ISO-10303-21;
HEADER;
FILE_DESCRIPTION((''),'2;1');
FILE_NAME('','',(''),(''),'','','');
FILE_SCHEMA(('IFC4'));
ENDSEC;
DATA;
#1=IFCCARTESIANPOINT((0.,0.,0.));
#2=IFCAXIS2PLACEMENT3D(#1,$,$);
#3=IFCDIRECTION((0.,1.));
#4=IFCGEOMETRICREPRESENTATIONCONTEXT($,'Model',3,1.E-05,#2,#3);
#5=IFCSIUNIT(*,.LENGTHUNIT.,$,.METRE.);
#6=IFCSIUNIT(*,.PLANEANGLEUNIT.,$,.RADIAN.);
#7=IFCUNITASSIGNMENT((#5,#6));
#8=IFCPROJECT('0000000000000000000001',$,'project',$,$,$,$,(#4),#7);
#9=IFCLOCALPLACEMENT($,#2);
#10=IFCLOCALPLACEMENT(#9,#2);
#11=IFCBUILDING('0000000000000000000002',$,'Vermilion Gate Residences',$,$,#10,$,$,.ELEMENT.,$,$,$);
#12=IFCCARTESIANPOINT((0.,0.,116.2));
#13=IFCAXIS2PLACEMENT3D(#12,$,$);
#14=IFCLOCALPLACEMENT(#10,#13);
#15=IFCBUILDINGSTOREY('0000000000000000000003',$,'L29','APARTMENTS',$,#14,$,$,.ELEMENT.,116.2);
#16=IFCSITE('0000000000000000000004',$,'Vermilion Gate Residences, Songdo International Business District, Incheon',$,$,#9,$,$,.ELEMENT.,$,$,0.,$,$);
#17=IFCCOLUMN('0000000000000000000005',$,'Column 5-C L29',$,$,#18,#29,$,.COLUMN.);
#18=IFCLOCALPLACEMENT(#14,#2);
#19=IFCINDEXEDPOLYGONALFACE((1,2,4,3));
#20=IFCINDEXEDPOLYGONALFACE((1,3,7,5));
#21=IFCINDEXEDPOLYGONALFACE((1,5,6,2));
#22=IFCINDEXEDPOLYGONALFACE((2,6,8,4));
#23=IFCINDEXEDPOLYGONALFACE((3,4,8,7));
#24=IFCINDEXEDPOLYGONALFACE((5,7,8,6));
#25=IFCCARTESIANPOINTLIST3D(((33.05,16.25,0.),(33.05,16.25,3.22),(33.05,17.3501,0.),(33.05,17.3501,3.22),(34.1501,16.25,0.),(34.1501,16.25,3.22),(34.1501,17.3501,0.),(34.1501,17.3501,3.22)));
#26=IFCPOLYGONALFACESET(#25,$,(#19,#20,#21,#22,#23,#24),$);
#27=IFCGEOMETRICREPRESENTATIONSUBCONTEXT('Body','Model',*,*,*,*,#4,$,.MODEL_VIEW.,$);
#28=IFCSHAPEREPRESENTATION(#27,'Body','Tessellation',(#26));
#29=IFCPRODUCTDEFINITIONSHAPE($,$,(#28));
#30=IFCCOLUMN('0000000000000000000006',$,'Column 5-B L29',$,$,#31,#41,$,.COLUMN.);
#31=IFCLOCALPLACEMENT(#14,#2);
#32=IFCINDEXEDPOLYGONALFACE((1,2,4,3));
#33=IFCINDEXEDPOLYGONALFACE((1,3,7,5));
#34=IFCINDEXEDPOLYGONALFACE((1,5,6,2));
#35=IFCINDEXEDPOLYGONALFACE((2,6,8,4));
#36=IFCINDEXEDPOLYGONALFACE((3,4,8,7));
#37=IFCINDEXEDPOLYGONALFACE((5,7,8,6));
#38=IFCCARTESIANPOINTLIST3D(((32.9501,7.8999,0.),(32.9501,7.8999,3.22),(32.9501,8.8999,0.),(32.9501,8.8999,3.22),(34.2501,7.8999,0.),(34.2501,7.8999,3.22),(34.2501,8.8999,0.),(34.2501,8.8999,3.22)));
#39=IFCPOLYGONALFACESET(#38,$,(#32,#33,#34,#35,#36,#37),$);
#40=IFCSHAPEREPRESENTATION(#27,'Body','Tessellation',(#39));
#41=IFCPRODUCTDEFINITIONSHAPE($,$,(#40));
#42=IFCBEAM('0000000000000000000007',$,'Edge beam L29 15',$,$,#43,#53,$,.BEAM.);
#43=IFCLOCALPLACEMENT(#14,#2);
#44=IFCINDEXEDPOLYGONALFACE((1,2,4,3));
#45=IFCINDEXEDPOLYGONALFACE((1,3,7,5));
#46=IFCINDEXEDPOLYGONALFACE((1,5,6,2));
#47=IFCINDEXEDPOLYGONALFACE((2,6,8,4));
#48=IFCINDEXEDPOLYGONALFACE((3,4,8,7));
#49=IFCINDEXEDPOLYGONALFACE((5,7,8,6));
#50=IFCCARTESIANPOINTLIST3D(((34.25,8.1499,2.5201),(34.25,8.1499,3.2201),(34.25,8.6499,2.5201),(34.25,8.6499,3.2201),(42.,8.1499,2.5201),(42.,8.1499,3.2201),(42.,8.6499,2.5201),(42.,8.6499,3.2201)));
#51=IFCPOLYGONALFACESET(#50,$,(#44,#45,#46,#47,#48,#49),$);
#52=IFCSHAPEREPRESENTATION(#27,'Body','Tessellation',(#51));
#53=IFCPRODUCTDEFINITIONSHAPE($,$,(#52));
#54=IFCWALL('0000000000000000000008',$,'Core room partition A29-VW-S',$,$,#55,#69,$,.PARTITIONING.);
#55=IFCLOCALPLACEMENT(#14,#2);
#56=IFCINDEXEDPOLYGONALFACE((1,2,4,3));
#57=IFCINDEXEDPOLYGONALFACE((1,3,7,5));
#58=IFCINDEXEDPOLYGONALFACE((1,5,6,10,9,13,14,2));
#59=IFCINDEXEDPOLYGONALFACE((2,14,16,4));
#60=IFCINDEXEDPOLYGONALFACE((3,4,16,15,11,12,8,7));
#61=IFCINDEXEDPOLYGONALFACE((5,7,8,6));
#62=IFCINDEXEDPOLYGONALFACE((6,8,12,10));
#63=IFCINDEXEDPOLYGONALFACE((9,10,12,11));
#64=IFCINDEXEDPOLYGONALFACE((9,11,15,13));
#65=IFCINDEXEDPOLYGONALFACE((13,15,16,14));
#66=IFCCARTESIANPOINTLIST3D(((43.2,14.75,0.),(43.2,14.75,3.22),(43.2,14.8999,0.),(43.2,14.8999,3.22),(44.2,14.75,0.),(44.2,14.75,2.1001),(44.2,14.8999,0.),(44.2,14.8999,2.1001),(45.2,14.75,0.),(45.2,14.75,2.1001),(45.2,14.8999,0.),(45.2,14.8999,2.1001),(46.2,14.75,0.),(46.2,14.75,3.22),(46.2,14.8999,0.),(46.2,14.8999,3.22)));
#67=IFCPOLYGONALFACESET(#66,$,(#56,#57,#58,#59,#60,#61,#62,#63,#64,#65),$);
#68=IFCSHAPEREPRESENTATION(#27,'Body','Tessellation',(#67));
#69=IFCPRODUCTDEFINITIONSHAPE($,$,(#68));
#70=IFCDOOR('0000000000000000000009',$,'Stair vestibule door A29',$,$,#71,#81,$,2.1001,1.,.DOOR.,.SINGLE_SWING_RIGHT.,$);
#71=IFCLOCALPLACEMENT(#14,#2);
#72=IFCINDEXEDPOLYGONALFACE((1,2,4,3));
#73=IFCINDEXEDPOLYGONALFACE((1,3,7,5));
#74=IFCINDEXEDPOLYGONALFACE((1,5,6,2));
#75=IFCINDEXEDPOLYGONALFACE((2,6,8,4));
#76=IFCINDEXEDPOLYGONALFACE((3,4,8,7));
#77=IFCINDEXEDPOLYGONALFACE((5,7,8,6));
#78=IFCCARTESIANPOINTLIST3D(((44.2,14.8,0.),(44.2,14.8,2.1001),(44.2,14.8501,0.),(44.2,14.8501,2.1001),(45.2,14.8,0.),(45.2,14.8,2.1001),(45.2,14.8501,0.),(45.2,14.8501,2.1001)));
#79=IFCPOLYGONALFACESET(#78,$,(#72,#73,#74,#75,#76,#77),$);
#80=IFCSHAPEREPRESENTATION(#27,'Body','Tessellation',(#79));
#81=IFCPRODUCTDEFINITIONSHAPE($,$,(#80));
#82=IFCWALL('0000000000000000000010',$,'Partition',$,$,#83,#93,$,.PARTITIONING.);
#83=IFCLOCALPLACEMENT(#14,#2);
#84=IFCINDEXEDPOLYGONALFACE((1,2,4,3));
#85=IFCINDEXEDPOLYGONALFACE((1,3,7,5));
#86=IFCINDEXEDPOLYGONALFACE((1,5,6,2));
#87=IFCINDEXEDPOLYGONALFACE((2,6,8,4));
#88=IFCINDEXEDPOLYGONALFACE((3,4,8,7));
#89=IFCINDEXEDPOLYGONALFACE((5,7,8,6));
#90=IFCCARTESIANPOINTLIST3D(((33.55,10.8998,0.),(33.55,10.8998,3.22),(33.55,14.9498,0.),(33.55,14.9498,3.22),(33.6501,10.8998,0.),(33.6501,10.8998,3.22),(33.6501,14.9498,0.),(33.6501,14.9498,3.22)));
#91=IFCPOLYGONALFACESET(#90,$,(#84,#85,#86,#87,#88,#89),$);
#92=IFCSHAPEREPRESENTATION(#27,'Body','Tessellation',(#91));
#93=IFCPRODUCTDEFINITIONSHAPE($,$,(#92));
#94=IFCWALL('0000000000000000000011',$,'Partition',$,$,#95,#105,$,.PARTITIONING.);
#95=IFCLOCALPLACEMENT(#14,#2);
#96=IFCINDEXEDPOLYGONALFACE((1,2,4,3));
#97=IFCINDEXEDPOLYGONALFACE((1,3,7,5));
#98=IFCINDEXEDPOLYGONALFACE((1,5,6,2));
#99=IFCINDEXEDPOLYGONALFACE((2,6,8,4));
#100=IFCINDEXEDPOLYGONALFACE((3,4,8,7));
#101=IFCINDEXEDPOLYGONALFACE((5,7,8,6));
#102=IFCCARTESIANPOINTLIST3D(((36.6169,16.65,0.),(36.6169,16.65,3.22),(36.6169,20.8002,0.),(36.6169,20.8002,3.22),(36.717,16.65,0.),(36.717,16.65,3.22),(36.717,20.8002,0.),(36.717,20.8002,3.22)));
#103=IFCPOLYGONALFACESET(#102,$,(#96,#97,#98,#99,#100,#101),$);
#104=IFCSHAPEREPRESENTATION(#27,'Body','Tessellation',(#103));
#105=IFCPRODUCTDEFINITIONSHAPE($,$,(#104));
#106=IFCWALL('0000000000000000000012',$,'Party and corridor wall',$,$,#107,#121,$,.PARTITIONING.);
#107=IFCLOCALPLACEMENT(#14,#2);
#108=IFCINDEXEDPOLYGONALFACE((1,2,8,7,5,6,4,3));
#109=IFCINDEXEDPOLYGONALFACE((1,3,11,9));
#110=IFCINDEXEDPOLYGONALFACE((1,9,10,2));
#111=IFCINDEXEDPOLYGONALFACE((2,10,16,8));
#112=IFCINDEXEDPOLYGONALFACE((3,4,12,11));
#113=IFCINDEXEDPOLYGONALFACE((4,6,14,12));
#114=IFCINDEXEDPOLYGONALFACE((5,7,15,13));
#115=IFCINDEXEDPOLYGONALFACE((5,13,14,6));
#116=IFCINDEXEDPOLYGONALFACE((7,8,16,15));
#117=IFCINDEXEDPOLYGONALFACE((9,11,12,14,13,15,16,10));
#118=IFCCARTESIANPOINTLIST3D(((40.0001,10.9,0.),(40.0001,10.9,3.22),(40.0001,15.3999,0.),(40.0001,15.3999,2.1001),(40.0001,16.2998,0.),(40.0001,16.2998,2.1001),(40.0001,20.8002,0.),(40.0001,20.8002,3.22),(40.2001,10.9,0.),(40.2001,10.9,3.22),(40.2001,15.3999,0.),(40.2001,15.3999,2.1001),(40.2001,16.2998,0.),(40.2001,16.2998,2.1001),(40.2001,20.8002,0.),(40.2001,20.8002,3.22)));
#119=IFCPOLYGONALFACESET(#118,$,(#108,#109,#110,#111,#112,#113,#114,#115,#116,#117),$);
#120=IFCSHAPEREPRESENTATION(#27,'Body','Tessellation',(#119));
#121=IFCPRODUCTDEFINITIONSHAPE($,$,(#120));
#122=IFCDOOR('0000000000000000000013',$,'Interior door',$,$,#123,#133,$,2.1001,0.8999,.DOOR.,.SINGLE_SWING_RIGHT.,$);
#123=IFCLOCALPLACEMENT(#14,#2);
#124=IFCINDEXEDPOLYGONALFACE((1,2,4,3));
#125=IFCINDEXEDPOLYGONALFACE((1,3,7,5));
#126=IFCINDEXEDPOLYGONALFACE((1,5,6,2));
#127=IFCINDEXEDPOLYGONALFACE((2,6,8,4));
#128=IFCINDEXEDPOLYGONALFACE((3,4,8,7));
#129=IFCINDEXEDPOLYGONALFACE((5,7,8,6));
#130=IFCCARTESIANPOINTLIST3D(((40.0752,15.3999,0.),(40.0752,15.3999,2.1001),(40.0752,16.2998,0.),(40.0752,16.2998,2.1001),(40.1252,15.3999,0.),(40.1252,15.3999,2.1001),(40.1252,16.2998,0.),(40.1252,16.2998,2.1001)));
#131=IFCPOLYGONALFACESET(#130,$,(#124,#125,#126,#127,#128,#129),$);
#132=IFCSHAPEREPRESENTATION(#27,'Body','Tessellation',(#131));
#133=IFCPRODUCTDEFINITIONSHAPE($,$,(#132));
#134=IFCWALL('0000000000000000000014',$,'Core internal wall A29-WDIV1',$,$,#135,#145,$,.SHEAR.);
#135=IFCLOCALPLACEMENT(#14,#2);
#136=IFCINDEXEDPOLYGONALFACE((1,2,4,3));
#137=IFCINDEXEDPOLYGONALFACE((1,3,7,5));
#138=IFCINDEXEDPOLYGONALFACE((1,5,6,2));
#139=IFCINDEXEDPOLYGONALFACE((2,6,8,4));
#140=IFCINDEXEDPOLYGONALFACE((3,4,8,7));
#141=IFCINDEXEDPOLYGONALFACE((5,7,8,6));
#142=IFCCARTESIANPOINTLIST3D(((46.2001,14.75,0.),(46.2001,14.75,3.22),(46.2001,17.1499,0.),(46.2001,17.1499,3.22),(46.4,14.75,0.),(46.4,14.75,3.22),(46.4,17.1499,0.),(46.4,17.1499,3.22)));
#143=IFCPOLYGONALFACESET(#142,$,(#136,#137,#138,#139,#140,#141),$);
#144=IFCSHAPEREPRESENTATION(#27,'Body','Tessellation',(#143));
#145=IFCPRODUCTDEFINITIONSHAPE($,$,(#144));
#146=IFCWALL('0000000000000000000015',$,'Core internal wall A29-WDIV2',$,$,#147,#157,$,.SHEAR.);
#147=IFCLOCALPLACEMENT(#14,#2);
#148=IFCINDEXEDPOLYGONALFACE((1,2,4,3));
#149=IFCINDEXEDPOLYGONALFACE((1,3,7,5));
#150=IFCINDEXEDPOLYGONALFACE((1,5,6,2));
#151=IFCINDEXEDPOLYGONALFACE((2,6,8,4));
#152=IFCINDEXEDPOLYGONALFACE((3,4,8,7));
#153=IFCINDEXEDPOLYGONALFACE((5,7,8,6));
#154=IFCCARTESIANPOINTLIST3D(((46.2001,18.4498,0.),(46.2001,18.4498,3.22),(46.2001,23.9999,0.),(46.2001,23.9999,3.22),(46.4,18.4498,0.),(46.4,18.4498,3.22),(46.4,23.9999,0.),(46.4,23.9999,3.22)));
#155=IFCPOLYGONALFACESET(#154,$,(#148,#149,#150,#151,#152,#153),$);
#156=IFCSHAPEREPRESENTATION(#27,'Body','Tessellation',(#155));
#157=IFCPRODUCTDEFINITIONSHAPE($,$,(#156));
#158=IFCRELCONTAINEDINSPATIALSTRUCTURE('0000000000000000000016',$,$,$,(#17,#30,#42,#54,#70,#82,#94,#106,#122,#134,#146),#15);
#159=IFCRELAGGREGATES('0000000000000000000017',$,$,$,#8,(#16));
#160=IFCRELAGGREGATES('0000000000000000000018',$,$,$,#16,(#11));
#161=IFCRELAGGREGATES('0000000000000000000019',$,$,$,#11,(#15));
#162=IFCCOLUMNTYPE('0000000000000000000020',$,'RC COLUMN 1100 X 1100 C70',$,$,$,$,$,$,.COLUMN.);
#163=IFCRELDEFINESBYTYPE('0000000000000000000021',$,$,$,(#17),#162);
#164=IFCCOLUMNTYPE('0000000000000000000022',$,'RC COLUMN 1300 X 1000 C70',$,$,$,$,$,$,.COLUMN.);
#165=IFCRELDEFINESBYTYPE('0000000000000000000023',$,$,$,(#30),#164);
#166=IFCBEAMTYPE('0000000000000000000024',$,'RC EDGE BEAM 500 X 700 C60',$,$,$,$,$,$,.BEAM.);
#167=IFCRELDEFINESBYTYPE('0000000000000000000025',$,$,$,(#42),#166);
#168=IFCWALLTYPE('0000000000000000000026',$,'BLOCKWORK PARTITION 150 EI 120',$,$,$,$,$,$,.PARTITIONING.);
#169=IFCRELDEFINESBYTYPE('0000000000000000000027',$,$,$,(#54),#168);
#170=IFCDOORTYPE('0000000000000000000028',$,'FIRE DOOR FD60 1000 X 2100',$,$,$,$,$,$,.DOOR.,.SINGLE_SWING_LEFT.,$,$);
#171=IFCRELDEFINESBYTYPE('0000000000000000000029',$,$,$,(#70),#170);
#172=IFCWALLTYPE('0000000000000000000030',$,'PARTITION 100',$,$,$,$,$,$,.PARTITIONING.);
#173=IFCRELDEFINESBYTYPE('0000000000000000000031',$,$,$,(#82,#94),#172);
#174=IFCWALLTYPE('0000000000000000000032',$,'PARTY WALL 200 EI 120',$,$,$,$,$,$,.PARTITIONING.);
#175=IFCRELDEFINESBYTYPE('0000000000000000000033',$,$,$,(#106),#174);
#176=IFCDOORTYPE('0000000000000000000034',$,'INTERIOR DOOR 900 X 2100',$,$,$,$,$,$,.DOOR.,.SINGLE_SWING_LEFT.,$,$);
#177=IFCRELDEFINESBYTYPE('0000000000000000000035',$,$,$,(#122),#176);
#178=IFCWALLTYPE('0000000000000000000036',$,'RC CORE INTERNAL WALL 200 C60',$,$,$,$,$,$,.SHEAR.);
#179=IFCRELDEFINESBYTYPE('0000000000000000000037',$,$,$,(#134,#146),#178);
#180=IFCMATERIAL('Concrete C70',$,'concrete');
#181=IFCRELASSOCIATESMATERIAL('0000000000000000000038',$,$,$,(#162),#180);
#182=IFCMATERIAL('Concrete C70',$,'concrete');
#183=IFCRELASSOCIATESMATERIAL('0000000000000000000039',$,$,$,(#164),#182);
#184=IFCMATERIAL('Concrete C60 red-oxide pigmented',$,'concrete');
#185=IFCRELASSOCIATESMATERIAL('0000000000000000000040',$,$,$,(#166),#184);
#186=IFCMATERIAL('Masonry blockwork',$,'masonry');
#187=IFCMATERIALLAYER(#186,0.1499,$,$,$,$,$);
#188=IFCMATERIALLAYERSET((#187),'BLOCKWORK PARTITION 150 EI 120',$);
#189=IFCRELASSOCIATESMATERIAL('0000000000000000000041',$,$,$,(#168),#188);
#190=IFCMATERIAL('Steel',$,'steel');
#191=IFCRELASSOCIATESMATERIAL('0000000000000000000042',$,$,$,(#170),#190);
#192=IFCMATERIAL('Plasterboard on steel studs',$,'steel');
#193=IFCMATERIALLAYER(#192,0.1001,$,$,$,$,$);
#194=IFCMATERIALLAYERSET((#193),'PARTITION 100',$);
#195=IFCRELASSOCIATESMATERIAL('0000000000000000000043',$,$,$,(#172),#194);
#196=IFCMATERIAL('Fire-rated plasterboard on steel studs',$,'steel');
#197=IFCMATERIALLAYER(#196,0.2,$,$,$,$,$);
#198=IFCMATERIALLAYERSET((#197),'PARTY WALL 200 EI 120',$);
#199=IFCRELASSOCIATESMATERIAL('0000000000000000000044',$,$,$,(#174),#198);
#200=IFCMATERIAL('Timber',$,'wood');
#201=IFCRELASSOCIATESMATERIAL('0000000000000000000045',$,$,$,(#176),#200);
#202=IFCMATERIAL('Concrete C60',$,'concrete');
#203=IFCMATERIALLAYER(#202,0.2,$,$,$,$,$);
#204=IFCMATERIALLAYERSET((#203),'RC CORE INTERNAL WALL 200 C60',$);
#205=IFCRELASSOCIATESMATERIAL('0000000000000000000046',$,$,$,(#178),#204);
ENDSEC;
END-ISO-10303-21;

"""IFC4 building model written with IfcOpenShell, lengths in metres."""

from ifc_helpers import new_model, si_unit, direction, frame, frame_2d, origin, origin_2d, place, context, subcontext, project, spatial, rectangle, extrude, material, layer, layer_set, material_profile, profile_set, type_object, element, fill, save


model = new_model("IFC4")

# Units and contexts
model_context = context("Model", 3, precision=1e-05, world=origin(), true_north=direction((0.0, 1.0)))
body_context = subcontext(model_context, "Body", "Model", "MODEL_VIEW")
ifc_project = project(units=[si_unit("LENGTHUNIT", "METRE"), si_unit("PLANEANGLEUNIT", "RADIAN")], contexts=[model_context])

# Site, building, storey
site_placement = place(None, origin())
site = spatial("IfcSite", under=ifc_project, at=site_placement, Name="Vermilion Gate Residences, Songdo International Business District, Incheon", CompositionType="ELEMENT", RefElevation=0.0)
building_placement = place(site_placement, origin())
building = spatial("IfcBuilding", under=site, at=building_placement, Name="Vermilion Gate Residences", CompositionType="ELEMENT")
storey_placement = place(building_placement, frame((0.0, 0.0, 116.2)))
storey = spatial("IfcBuildingStorey", under=building, at=storey_placement, Name="L29", Description="APARTMENTS", CompositionType="ELEMENT", Elevation=116.2)

# Columns
ifc_material_1 = material(Name="Concrete C70", Category="concrete")
ifc_material_profile_1 = material_profile(ifc_material_1, rectangle(XDim=1.1001, YDim=1.1001, at=origin_2d()), Name="RC-1100x1100")
ifc_profile_set_1 = profile_set([ifc_material_profile_1], Name="Concrete C70")
column_type_1 = type_object("IfcColumnType", Name="RC COLUMN 1100 X 1100 C70", PredefinedType="COLUMN", material=ifc_profile_set_1)
column_1_placement = place(storey_placement, frame((33.6001, 16.8, 0.0), z_axis=(0.0, 0.0, 1.0), x_axis=(1.0, 0.0, 0.0)))
element("IfcColumn", 1, at=column_1_placement, inside=storey, type_object=column_type_1, Name="Column 5-C L29", PredefinedType="COLUMN", context=body_context, shape_type="SweptSolid", body=[
    extrude(rectangle(XDim=1.1001, YDim=1.1001, at=origin_2d()), origin(), (0.0, 0.0, 1.0), 3.22),
])
ifc_material_2 = material(Name="Concrete C70", Category="concrete")
ifc_material_profile_2 = material_profile(ifc_material_2, rectangle(XDim=1.3, YDim=1.0, at=origin_2d()), Name="RC-1300x1000")
ifc_profile_set_2 = profile_set([ifc_material_profile_2], Name="Concrete C70")
column_type_2 = type_object("IfcColumnType", Name="RC COLUMN 1300 X 1000 C70", PredefinedType="COLUMN", material=ifc_profile_set_2)
column_2_placement = place(storey_placement, frame((33.6001, 8.3999, 0.0), z_axis=(0.0, 0.0, 1.0), x_axis=(1.0, 0.0, 0.0)))
element("IfcColumn", 2, at=column_2_placement, inside=storey, type_object=column_type_2, Name="Column 5-B L29", PredefinedType="COLUMN", context=body_context, shape_type="SweptSolid", body=[
    extrude(rectangle(XDim=1.3, YDim=1.0, at=origin_2d()), origin(), (0.0, 0.0, 1.0), 3.22),
])

# Beam
ifc_material_3 = material(Name="Concrete C60 red-oxide pigmented", Category="concrete")
ifc_material_profile_3 = material_profile(ifc_material_3, rectangle(XDim=0.5, YDim=0.7, at=origin_2d()), Name="RC-500x700")
ifc_profile_set_3 = profile_set([ifc_material_profile_3], Name="Concrete C60 red-oxide pigmented")
beam_type = type_object("IfcBeamType", Name="RC EDGE BEAM 500 X 700 C60", PredefinedType="BEAM", material=ifc_profile_set_3)
beam_placement = place(storey_placement, frame((34.25, 8.3999, 2.8701), z_axis=(1.0, 0.0, 0.0), x_axis=(0.0, 1.0, 0.0)))
element("IfcBeam", 3, at=beam_placement, inside=storey, type_object=beam_type, Name="Edge beam L29 15", PredefinedType="BEAM", context=body_context, shape_type="SweptSolid", body=[
    extrude(rectangle(XDim=0.5, YDim=0.7, at=origin_2d()), origin(), (0.0, 0.0, 1.0), 7.75),
])

# Wall, opening, door
ifc_material_4 = material(Name="Masonry blockwork", Category="masonry")
ifc_layer_1 = layer(ifc_material_4, 0.1499)
ifc_layer_set_1 = layer_set([ifc_layer_1], Name="BLOCKWORK PARTITION 150 EI 120")
wall_type_1 = type_object("IfcWallType", Name="BLOCKWORK PARTITION 150 EI 120", PredefinedType="PARTITIONING", material=ifc_layer_set_1)
wall_1_placement = place(storey_placement, frame((43.2, 14.825, 0.0), z_axis=(0.0, 0.0, 1.0), x_axis=(1.0, 0.0, 0.0)))
wall_1 = element("IfcWall", 4, at=wall_1_placement, inside=storey, type_object=wall_type_1, Name="Core room partition A29-VW-S", PredefinedType="PARTITIONING", context=body_context, shape_type="SweptSolid", body=[
    extrude(rectangle(XDim=3.0, YDim=0.1499, at=frame_2d((1.5, 0.0))), origin(), (0.0, 0.0, 1.0), 3.22),
])
opening_1_placement = place(wall_1_placement, frame((1.0, 0.0, 0.0)))
opening_1 = element("IfcOpeningElement", 5, at=opening_1_placement, cuts=wall_1, PredefinedType="OPENING", context=body_context, shape_type="SweptSolid", body=[
    extrude(rectangle(XDim=1.0, YDim=2.1001, at=frame_2d((0.5, 1.05))), frame((0.0, 0.085, 0.0), z_axis=(0.0, -1.0, 0.0), x_axis=(1.0, 0.0, 0.0)), (0.0, 0.0, 1.0), 0.1699),
])
ifc_material_5 = material(Name="Steel", Category="steel")
door_type_1 = type_object("IfcDoorType", Name="FIRE DOOR FD60 1000 X 2100", OperationType="SINGLE_SWING_LEFT", PredefinedType="DOOR", material=ifc_material_5)
door_1_placement = place(opening_1_placement, frame((1.0, 0.0, 0.0), z_axis=(0.0, 0.0, 1.0), x_axis=(-1.0, 0.0, 0.0)))
door_1 = element("IfcDoor", 6, at=door_1_placement, inside=storey, type_object=door_type_1, Name="Stair vestibule door A29", OperationType="SINGLE_SWING_RIGHT", OverallHeight=2.1001, OverallWidth=1.0, PredefinedType="DOOR", context=body_context, shape_type="SweptSolid", body=[
    extrude(rectangle(XDim=1.0, YDim=2.1001, at=frame_2d((0.5, 1.05))), frame((0.0, 0.0249, 0.0), z_axis=(0.0, -1.0, 0.0), x_axis=(1.0, 0.0, 0.0)), (0.0, 0.0, 1.0), 0.05),
])
fill(opening_1, door_1)

# Walls
ifc_material_6 = material(Name="Plasterboard on steel studs", Category="steel")
ifc_layer_2 = layer(ifc_material_6, 0.1001)
ifc_layer_set_2 = layer_set([ifc_layer_2], Name="PARTITION 100")
wall_type_2 = type_object("IfcWallType", Name="PARTITION 100", PredefinedType="PARTITIONING", material=ifc_layer_set_2)
wall_2_placement = place(storey_placement, frame((33.6001, 10.8999, 0.0), z_axis=(0.0, 0.0, 1.0), x_axis=(0.0, 1.0, 0.0)))
element("IfcWall", 7, at=wall_2_placement, inside=storey, type_object=wall_type_2, Name="Partition", PredefinedType="PARTITIONING", context=body_context, shape_type="SweptSolid", body=[
    extrude(rectangle(XDim=4.05, YDim=0.1001, at=frame_2d((2.0249, 0.0))), origin(), (0.0, 0.0, 1.0), 3.22),
])
wall_3_placement = place(storey_placement, frame((36.667, 16.6499, 0.0), z_axis=(0.0, 0.0, 1.0), x_axis=(0.0, 1.0, 0.0)))
element("IfcWall", 8, at=wall_3_placement, inside=storey, type_object=wall_type_2, Name="Partition", PredefinedType="PARTITIONING", context=body_context, shape_type="SweptSolid", body=[
    extrude(rectangle(XDim=4.1501, YDim=0.1001, at=frame_2d((2.0752, 0.0))), origin(), (0.0, 0.0, 1.0), 3.22),
])

# Wall, opening, door
ifc_material_7 = material(Name="Fire-rated plasterboard on steel studs", Category="steel")
ifc_layer_3 = layer(ifc_material_7, 0.2)
ifc_layer_set_3 = layer_set([ifc_layer_3], Name="PARTY WALL 200 EI 120")
wall_type_3 = type_object("IfcWallType", Name="PARTY WALL 200 EI 120", PredefinedType="PARTITIONING", material=ifc_layer_set_3)
wall_4_placement = place(storey_placement, frame((40.1001, 10.8999, 0.0), z_axis=(0.0, 0.0, 1.0), x_axis=(0.0, 1.0, 0.0)))
wall_4 = element("IfcWall", 9, at=wall_4_placement, inside=storey, type_object=wall_type_3, Name="Party and corridor wall", PredefinedType="PARTITIONING", context=body_context, shape_type="SweptSolid", body=[
    extrude(rectangle(XDim=9.9001, YDim=0.2, at=frame_2d((4.9502, 0.0))), origin(), (0.0, 0.0, 1.0), 3.22),
])
opening_2_placement = place(wall_4_placement, frame((4.5, 0.0, 0.0)))
opening_2 = element("IfcOpeningElement", 10, at=opening_2_placement, cuts=wall_4, PredefinedType="OPENING", context=body_context, shape_type="SweptSolid", body=[
    extrude(rectangle(XDim=0.8999, YDim=2.1001, at=frame_2d((0.45, 1.05))), frame((0.0, 0.1099, 0.0), z_axis=(0.0, -1.0, 0.0), x_axis=(1.0, 0.0, 0.0)), (0.0, 0.0, 1.0), 0.22),
])
ifc_material_8 = material(Name="Timber", Category="wood")
door_type_2 = type_object("IfcDoorType", Name="INTERIOR DOOR 900 X 2100", OperationType="SINGLE_SWING_LEFT", PredefinedType="DOOR", material=ifc_material_8)
door_2_placement = place(opening_2_placement, origin())
door_2 = element("IfcDoor", 11, at=door_2_placement, inside=storey, type_object=door_type_2, Name="Interior door", OperationType="SINGLE_SWING_RIGHT", OverallHeight=2.1001, OverallWidth=0.8999, PredefinedType="DOOR", context=body_context, shape_type="SweptSolid", body=[
    extrude(rectangle(XDim=0.8999, YDim=2.1001, at=frame_2d((0.45, 1.05))), frame((0.0, 0.0249, 0.0), z_axis=(0.0, -1.0, 0.0), x_axis=(1.0, 0.0, 0.0)), (0.0, 0.0, 1.0), 0.05),
])
fill(opening_2, door_2)

# Walls
ifc_material_9 = material(Name="Concrete C60", Category="concrete")
ifc_layer_4 = layer(ifc_material_9, 0.2)
ifc_layer_set_4 = layer_set([ifc_layer_4], Name="RC CORE INTERNAL WALL 200 C60")
wall_type_4 = type_object("IfcWallType", Name="RC CORE INTERNAL WALL 200 C60", PredefinedType="SHEAR", material=ifc_layer_set_4)
wall_5_placement = place(storey_placement, frame((46.3, 14.75, 0.0), z_axis=(0.0, 0.0, 1.0), x_axis=(0.0, 1.0, 0.0)))
element("IfcWall", 12, at=wall_5_placement, inside=storey, type_object=wall_type_4, Name="Core internal wall A29-WDIV1", PredefinedType="SHEAR", context=body_context, shape_type="SweptSolid", body=[
    extrude(rectangle(XDim=2.3999, YDim=0.2, at=frame_2d((1.2, 0.0))), origin(), (0.0, 0.0, 1.0), 3.22),
])
wall_6_placement = place(storey_placement, frame((46.3, 18.45, 0.0), z_axis=(0.0, 0.0, 1.0), x_axis=(0.0, 1.0, 0.0)))
element("IfcWall", 13, at=wall_6_placement, inside=storey, type_object=wall_type_4, Name="Core internal wall A29-WDIV2", PredefinedType="SHEAR", context=body_context, shape_type="SweptSolid", body=[
    extrude(rectangle(XDim=5.55, YDim=0.2, at=frame_2d((2.7749, 0.0))), origin(), (0.0, 0.0, 1.0), 3.22),
])

save(model, "model.ifc")
